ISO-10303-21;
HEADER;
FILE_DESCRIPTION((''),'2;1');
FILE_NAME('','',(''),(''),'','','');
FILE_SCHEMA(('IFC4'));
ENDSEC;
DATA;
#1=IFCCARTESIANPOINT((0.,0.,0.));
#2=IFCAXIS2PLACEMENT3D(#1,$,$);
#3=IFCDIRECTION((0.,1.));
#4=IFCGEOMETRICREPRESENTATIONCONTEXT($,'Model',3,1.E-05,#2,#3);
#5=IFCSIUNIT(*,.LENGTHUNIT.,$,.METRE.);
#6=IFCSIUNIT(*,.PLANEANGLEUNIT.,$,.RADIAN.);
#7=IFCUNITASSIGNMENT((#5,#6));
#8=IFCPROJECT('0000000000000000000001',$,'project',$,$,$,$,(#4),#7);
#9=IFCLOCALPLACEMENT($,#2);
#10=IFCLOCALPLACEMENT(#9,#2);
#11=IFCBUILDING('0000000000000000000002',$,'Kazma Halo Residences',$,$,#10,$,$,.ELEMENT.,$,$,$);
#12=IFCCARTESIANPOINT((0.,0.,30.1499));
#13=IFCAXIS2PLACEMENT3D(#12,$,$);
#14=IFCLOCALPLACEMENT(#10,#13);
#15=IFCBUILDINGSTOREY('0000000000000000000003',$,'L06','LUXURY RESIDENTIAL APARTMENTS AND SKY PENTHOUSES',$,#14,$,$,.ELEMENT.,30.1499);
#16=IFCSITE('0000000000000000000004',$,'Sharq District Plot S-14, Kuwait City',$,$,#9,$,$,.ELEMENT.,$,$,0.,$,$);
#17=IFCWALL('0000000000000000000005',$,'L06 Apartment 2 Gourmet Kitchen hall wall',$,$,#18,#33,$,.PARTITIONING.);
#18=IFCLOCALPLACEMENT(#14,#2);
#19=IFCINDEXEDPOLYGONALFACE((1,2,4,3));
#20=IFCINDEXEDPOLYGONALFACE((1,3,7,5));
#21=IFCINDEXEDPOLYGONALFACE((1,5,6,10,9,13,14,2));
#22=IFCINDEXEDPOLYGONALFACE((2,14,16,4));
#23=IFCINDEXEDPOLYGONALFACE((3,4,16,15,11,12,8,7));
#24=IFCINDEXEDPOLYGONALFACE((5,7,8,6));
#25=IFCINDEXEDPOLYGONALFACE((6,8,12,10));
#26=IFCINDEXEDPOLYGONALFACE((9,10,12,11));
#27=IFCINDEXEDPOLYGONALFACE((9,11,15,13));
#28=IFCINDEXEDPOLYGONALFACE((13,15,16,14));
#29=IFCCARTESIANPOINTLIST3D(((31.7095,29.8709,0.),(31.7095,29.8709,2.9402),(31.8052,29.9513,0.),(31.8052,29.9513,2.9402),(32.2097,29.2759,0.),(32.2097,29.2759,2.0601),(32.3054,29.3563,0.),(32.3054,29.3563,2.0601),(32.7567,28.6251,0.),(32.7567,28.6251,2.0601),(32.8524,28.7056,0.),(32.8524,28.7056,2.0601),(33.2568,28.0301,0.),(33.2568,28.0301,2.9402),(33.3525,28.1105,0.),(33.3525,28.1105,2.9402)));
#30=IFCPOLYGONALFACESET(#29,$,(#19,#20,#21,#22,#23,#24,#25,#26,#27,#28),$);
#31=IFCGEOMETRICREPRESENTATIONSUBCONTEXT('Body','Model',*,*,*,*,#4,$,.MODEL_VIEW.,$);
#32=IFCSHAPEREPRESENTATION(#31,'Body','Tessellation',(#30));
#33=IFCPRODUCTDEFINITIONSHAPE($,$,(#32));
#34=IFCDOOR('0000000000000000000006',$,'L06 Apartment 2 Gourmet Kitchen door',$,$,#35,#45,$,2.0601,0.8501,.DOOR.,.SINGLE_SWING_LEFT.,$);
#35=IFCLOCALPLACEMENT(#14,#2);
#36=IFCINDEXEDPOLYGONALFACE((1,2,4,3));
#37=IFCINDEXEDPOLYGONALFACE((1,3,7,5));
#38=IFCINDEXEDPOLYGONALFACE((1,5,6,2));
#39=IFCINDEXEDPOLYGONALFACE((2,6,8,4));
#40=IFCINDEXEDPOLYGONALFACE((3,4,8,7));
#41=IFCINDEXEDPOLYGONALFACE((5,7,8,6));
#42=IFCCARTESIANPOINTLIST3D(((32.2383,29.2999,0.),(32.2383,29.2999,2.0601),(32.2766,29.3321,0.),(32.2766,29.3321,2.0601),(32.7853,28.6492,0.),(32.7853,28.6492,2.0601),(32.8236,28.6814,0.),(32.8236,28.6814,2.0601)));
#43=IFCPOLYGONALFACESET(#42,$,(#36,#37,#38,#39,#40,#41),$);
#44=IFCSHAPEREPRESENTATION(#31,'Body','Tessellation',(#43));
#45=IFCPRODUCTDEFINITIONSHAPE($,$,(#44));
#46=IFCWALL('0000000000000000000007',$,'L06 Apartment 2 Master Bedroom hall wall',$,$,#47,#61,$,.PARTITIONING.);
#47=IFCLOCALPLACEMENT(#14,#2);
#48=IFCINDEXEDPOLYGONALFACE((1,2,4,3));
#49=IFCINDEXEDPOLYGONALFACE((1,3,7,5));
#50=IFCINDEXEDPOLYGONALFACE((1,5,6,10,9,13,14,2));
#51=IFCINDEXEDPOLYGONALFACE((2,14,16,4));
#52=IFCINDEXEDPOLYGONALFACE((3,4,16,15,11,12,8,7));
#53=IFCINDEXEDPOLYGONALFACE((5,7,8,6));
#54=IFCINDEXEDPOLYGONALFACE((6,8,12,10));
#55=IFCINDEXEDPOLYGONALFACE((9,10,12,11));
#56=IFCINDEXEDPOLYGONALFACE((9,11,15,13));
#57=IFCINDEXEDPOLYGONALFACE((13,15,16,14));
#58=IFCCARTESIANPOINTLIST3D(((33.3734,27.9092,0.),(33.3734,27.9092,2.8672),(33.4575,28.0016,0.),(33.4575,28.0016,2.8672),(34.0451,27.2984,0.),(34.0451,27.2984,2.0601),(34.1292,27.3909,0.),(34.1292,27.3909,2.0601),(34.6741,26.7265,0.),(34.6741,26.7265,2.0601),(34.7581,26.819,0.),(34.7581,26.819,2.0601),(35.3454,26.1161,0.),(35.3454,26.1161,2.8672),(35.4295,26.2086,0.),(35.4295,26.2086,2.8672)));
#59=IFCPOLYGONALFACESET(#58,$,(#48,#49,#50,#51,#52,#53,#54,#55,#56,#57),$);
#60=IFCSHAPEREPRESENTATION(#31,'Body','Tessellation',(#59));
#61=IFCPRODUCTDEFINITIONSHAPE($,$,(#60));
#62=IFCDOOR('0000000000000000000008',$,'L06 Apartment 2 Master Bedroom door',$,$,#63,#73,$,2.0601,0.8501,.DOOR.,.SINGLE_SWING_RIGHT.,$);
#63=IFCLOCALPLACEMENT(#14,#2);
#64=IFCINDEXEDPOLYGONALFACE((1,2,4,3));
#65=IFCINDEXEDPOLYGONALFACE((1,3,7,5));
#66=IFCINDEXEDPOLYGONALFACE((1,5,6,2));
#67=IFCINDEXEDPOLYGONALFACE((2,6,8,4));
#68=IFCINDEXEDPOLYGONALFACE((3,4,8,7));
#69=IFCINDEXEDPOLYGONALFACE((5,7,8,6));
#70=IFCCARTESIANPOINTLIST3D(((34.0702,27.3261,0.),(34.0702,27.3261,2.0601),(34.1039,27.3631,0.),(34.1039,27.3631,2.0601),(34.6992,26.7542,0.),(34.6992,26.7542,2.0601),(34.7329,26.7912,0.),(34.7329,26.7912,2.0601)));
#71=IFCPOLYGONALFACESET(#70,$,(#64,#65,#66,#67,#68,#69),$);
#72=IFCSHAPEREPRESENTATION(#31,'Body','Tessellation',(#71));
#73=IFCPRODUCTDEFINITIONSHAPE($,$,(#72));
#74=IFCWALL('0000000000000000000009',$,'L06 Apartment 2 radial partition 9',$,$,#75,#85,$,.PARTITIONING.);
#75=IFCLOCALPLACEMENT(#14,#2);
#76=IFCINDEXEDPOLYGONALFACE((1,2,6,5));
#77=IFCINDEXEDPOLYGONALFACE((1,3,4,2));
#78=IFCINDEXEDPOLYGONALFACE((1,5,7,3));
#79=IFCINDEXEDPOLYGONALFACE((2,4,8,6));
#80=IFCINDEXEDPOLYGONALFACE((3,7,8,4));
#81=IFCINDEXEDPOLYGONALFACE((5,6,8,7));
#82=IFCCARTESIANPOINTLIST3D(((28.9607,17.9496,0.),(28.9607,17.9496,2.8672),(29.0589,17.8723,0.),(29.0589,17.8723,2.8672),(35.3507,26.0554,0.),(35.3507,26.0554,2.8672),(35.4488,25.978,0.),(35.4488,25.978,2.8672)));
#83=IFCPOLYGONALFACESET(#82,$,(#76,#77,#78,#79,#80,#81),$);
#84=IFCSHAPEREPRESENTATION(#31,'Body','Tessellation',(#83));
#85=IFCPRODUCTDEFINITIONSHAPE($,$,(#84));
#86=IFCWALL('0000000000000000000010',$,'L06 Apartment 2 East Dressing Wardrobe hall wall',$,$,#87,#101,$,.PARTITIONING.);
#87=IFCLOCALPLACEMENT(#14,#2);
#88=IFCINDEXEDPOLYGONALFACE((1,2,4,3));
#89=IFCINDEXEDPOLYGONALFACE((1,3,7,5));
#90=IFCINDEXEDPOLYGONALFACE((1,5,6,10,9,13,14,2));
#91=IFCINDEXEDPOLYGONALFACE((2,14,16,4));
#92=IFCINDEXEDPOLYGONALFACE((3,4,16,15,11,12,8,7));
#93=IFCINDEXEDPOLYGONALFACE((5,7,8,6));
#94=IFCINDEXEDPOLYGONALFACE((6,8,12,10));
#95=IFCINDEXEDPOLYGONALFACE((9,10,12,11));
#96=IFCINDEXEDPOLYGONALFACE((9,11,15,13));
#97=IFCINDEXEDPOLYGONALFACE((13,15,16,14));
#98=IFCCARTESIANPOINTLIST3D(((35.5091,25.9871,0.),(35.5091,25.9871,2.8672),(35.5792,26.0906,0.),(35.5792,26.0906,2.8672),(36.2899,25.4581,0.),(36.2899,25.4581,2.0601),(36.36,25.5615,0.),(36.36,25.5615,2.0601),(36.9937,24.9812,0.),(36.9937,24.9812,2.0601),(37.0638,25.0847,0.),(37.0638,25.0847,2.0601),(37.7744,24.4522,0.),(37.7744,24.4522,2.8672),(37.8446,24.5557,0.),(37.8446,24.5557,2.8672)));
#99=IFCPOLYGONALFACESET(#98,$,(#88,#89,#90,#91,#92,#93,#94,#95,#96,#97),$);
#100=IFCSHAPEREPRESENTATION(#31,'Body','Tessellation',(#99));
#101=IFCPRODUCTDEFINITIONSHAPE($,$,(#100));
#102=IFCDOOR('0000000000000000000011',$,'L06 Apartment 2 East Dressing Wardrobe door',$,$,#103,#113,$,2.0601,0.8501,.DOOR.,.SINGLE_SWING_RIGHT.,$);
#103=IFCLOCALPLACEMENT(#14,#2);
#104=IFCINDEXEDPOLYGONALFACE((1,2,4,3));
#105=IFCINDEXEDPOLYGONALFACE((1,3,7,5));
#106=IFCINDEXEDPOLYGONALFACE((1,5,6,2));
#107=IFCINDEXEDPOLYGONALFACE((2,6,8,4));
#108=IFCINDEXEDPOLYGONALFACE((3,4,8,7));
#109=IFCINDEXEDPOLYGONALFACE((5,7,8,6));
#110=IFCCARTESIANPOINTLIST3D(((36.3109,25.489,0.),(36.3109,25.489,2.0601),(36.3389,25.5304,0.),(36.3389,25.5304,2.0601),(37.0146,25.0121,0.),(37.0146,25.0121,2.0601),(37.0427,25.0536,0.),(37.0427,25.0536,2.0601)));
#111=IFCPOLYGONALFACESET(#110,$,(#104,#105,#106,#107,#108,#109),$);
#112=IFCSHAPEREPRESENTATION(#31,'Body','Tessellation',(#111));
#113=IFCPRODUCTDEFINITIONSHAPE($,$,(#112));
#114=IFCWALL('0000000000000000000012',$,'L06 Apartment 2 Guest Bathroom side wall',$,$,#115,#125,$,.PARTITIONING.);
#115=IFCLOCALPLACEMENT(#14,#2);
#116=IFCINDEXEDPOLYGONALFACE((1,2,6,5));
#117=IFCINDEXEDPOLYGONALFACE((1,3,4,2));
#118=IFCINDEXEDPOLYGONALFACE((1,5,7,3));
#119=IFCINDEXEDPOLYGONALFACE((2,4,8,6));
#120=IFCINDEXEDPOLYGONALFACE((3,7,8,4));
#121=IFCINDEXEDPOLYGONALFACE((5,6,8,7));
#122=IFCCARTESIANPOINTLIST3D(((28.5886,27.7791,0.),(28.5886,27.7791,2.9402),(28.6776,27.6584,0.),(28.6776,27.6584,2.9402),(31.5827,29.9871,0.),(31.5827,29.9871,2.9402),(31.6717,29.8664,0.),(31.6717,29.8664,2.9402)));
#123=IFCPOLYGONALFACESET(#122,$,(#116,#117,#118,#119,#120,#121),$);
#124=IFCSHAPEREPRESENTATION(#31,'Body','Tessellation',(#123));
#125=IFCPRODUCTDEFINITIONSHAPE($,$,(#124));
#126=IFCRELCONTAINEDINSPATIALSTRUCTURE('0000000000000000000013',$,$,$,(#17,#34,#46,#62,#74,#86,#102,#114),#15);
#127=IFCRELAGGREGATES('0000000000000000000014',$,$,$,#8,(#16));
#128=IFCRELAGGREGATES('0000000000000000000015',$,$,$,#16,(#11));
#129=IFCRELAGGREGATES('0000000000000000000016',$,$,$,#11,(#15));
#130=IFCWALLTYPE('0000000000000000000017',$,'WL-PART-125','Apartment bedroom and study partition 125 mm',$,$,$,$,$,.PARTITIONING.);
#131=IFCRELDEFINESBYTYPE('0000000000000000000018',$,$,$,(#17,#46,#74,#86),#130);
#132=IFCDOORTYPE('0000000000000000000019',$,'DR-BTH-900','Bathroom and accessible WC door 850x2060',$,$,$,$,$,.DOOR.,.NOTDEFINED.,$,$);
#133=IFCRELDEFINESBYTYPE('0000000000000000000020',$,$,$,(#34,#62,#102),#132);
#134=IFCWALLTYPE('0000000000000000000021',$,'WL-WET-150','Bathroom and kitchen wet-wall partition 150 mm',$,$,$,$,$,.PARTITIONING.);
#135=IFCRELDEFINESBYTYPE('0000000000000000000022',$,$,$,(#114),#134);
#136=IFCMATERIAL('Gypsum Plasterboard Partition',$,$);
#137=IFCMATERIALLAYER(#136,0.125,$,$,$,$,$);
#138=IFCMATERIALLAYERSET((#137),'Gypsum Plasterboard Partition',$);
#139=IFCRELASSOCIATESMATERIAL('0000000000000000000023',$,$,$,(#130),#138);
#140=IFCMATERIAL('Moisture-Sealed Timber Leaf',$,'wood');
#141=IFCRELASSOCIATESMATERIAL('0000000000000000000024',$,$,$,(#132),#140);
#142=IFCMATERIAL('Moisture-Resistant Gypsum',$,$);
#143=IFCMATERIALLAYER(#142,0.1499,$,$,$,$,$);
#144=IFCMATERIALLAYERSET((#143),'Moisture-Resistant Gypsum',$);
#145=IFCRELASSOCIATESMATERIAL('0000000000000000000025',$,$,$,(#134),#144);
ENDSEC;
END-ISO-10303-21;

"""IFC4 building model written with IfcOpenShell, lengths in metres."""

from ifc_helpers import new_model, si_unit, direction, frame, frame_2d, origin, place, context, subcontext, project, spatial, rectangle, extrude, material, layer, layer_set, type_object, element, fill, save


model = new_model("IFC4")

# Units and contexts
model_context = context("Model", 3, precision=1e-05, world=origin(), true_north=direction((0.0, 1.0)))
body_context = subcontext(model_context, "Body", "Model", "MODEL_VIEW")
ifc_project = project(units=[si_unit("LENGTHUNIT", "METRE"), si_unit("PLANEANGLEUNIT", "RADIAN")], contexts=[model_context])

# Site, building, storey
site_placement = place(None, origin())
site = spatial("IfcSite", under=ifc_project, at=site_placement, Name="Sharq District Plot S-14, Kuwait City", CompositionType="ELEMENT", RefElevation=0.0)
building_placement = place(site_placement, origin())
building = spatial("IfcBuilding", under=site, at=building_placement, Name="Kazma Halo Residences", CompositionType="ELEMENT")
storey_placement = place(building_placement, frame((0.0, 0.0, 30.1499)))
storey = spatial("IfcBuildingStorey", under=building, at=storey_placement, Name="L06", Description="LUXURY RESIDENTIAL APARTMENTS AND SKY PENTHOUSES", CompositionType="ELEMENT", Elevation=30.1499)

# Shared definitions
ifc_material_1 = material(Name="Gypsum Plasterboard Partition")
ifc_layer_1 = layer(ifc_material_1, 0.125)
ifc_layer_set_1 = layer_set([ifc_layer_1], Name="Gypsum Plasterboard Partition")
wall_type_1 = type_object("IfcWallType", Name="WL-PART-125", Description="Apartment bedroom and study partition 125 mm", PredefinedType="PARTITIONING", material=ifc_layer_set_1)

# Walls, openings, doors
wall_1_placement = place(storey_placement, frame((31.7573, 29.9111, 0.0), z_axis=(0.0, 0.0, 1.0), x_axis=(0.643454, -0.765485, 0.0)))
wall_1 = element("IfcWall", 1, at=wall_1_placement, inside=storey, type_object=wall_type_1, Name="L06 Apartment 2 Gourmet Kitchen hall wall", PredefinedType="PARTITIONING", context=body_context, shape_type="SweptSolid", body=[
    extrude(rectangle(XDim=2.4048, YDim=0.125, at=frame_2d((1.2024, 0.0))), origin(), (0.0, 0.0, 1.0), 2.9402),
])
opening_1_placement = place(wall_1_placement, frame((0.7773, 0.0, 0.0)))
opening_1 = element("IfcOpeningElement", 2, at=opening_1_placement, cuts=wall_1, PredefinedType="OPENING", context=body_context, shape_type="SweptSolid", body=[
    extrude(rectangle(XDim=0.8501, YDim=2.0601, at=frame_2d((0.425, 1.03))), frame((0.0, 0.0725, 0.0), z_axis=(0.0, -1.0, 0.0), x_axis=(1.0, 0.0, 0.0)), (0.0, 0.0, 1.0), 0.145),
])
ifc_material_2 = material(Name="Moisture-Sealed Timber Leaf", Category="wood")
door_type = type_object("IfcDoorType", Name="DR-BTH-900", Description="Bathroom and accessible WC door 850x2060", OperationType="NOTDEFINED", PredefinedType="DOOR", material=ifc_material_2)
door_1_placement = place(opening_1_placement, origin())
door_1 = element("IfcDoor", 3, at=door_1_placement, inside=storey, type_object=door_type, Name="L06 Apartment 2 Gourmet Kitchen door", OperationType="SINGLE_SWING_LEFT", OverallHeight=2.0601, OverallWidth=0.8501, PredefinedType="DOOR", context=body_context, shape_type="SweptSolid", body=[
    extrude(rectangle(XDim=0.8501, YDim=2.0601, at=frame_2d((0.425, 1.03))), frame((0.0, 0.0249, 0.0), z_axis=(0.0, -1.0, 0.0), x_axis=(1.0, 0.0, 0.0)), (0.0, 0.0, 1.0), 0.05),
])
fill(opening_1, door_1)
wall_2_placement = place(storey_placement, frame((33.4155, 27.9553, 0.0), z_axis=(0.0, 0.0, 1.0), x_axis=(0.739882, -0.672737, 0.0)))
wall_2 = element("IfcWall", 4, at=wall_2_placement, inside=storey, type_object=wall_type_1, Name="L06 Apartment 2 Master Bedroom hall wall", PredefinedType="PARTITIONING", context=body_context, shape_type="SweptSolid", body=[
    extrude(rectangle(XDim=2.6653, YDim=0.125, at=frame_2d((1.3325, 0.0))), origin(), (0.0, 0.0, 1.0), 2.8672),
])
opening_2_placement = place(wall_2_placement, frame((0.9077, 0.0, 0.0)))
opening_2 = element("IfcOpeningElement", 5, at=opening_2_placement, cuts=wall_2, PredefinedType="OPENING", context=body_context, shape_type="SweptSolid", body=[
    extrude(rectangle(XDim=0.8501, YDim=2.0601, at=frame_2d((0.425, 1.03))), frame((0.0, 0.0725, 0.0), z_axis=(0.0, -1.0, 0.0), x_axis=(1.0, 0.0, 0.0)), (0.0, 0.0, 1.0), 0.145),
])
door_2_placement = place(opening_2_placement, origin())
door_2 = element("IfcDoor", 6, at=door_2_placement, inside=storey, type_object=door_type, Name="L06 Apartment 2 Master Bedroom door", OperationType="SINGLE_SWING_RIGHT", OverallHeight=2.0601, OverallWidth=0.8501, PredefinedType="DOOR", context=body_context, shape_type="SweptSolid", body=[
    extrude(rectangle(XDim=0.8501, YDim=2.0601, at=frame_2d((0.425, 1.03))), frame((0.0, 0.0249, 0.0), z_axis=(0.0, -1.0, 0.0), x_axis=(1.0, 0.0, 0.0)), (0.0, 0.0, 1.0), 0.05),
])
fill(opening_2, door_2)

# Wall
wall_3_placement = place(storey_placement, frame((35.3997, 26.0166, 0.0), z_axis=(0.0, 0.0, 1.0), x_axis=(-0.619086, -0.785323, 0.0)))
element("IfcWall", 7, at=wall_3_placement, inside=storey, type_object=wall_type_1, Name="L06 Apartment 2 radial partition 9", PredefinedType="PARTITIONING", context=body_context, shape_type="SweptSolid", body=[
    extrude(rectangle(XDim=10.3215, YDim=0.125, at=frame_2d((5.1606, 0.0))), origin(), (0.0, 0.0, 1.0), 2.8672),
])

# Wall, opening, door
wall_4_placement = place(storey_placement, frame((35.5442, 26.0388, 0.0), z_axis=(0.0, 0.0, 1.0), x_axis=(0.827868, -0.560923, 0.0)))
wall_4 = element("IfcWall", 8, at=wall_4_placement, inside=storey, type_object=wall_type_1, Name="L06 Apartment 2 East Dressing Wardrobe hall wall", PredefinedType="PARTITIONING", context=body_context, shape_type="SweptSolid", body=[
    extrude(rectangle(XDim=2.7363, YDim=0.125, at=frame_2d((1.3682, 0.0))), origin(), (0.0, 0.0, 1.0), 2.8672),
])
opening_3_placement = place(wall_4_placement, frame((0.9431, 0.0, 0.0)))
opening_3 = element("IfcOpeningElement", 9, at=opening_3_placement, cuts=wall_4, PredefinedType="OPENING", context=body_context, shape_type="SweptSolid", body=[
    extrude(rectangle(XDim=0.8501, YDim=2.0601, at=frame_2d((0.425, 1.03))), frame((0.0, 0.0725, 0.0), z_axis=(0.0, -1.0, 0.0), x_axis=(1.0, 0.0, 0.0)), (0.0, 0.0, 1.0), 0.145),
])
door_3_placement = place(opening_3_placement, origin())
door_3 = element("IfcDoor", 10, at=door_3_placement, inside=storey, type_object=door_type, Name="L06 Apartment 2 East Dressing Wardrobe door", OperationType="SINGLE_SWING_RIGHT", OverallHeight=2.0601, OverallWidth=0.8501, PredefinedType="DOOR", context=body_context, shape_type="SweptSolid", body=[
    extrude(rectangle(XDim=0.8501, YDim=2.0601, at=frame_2d((0.425, 1.03))), frame((0.0, 0.0249, 0.0), z_axis=(0.0, -1.0, 0.0), x_axis=(1.0, 0.0, 0.0)), (0.0, 0.0, 1.0), 0.05),
])
fill(opening_3, door_3)

# Wall
ifc_material_3 = material(Name="Moisture-Resistant Gypsum")
ifc_layer_2 = layer(ifc_material_3, 0.1499)
ifc_layer_set_2 = layer_set([ifc_layer_2], Name="Moisture-Resistant Gypsum")
wall_type_2 = type_object("IfcWallType", Name="WL-WET-150", Description="Bathroom and kitchen wet-wall partition 150 mm", PredefinedType="PARTITIONING", material=ifc_layer_set_2)
wall_5_placement = place(storey_placement, frame((31.6272, 29.9268, 0.0), z_axis=(0.0, 0.0, 1.0), x_axis=(-0.804825, -0.593512, 0.0)))
element("IfcWall", 11, at=wall_5_placement, inside=storey, type_object=wall_type_2, Name="L06 Apartment 2 Guest Bathroom side wall", PredefinedType="PARTITIONING", context=body_context, shape_type="SweptSolid", body=[
    extrude(rectangle(XDim=3.7202, YDim=0.1499, at=frame_2d((1.8601, 0.0))), origin(), (0.0, 0.0, 1.0), 2.9402),
])

save(model, "model.ifc")
